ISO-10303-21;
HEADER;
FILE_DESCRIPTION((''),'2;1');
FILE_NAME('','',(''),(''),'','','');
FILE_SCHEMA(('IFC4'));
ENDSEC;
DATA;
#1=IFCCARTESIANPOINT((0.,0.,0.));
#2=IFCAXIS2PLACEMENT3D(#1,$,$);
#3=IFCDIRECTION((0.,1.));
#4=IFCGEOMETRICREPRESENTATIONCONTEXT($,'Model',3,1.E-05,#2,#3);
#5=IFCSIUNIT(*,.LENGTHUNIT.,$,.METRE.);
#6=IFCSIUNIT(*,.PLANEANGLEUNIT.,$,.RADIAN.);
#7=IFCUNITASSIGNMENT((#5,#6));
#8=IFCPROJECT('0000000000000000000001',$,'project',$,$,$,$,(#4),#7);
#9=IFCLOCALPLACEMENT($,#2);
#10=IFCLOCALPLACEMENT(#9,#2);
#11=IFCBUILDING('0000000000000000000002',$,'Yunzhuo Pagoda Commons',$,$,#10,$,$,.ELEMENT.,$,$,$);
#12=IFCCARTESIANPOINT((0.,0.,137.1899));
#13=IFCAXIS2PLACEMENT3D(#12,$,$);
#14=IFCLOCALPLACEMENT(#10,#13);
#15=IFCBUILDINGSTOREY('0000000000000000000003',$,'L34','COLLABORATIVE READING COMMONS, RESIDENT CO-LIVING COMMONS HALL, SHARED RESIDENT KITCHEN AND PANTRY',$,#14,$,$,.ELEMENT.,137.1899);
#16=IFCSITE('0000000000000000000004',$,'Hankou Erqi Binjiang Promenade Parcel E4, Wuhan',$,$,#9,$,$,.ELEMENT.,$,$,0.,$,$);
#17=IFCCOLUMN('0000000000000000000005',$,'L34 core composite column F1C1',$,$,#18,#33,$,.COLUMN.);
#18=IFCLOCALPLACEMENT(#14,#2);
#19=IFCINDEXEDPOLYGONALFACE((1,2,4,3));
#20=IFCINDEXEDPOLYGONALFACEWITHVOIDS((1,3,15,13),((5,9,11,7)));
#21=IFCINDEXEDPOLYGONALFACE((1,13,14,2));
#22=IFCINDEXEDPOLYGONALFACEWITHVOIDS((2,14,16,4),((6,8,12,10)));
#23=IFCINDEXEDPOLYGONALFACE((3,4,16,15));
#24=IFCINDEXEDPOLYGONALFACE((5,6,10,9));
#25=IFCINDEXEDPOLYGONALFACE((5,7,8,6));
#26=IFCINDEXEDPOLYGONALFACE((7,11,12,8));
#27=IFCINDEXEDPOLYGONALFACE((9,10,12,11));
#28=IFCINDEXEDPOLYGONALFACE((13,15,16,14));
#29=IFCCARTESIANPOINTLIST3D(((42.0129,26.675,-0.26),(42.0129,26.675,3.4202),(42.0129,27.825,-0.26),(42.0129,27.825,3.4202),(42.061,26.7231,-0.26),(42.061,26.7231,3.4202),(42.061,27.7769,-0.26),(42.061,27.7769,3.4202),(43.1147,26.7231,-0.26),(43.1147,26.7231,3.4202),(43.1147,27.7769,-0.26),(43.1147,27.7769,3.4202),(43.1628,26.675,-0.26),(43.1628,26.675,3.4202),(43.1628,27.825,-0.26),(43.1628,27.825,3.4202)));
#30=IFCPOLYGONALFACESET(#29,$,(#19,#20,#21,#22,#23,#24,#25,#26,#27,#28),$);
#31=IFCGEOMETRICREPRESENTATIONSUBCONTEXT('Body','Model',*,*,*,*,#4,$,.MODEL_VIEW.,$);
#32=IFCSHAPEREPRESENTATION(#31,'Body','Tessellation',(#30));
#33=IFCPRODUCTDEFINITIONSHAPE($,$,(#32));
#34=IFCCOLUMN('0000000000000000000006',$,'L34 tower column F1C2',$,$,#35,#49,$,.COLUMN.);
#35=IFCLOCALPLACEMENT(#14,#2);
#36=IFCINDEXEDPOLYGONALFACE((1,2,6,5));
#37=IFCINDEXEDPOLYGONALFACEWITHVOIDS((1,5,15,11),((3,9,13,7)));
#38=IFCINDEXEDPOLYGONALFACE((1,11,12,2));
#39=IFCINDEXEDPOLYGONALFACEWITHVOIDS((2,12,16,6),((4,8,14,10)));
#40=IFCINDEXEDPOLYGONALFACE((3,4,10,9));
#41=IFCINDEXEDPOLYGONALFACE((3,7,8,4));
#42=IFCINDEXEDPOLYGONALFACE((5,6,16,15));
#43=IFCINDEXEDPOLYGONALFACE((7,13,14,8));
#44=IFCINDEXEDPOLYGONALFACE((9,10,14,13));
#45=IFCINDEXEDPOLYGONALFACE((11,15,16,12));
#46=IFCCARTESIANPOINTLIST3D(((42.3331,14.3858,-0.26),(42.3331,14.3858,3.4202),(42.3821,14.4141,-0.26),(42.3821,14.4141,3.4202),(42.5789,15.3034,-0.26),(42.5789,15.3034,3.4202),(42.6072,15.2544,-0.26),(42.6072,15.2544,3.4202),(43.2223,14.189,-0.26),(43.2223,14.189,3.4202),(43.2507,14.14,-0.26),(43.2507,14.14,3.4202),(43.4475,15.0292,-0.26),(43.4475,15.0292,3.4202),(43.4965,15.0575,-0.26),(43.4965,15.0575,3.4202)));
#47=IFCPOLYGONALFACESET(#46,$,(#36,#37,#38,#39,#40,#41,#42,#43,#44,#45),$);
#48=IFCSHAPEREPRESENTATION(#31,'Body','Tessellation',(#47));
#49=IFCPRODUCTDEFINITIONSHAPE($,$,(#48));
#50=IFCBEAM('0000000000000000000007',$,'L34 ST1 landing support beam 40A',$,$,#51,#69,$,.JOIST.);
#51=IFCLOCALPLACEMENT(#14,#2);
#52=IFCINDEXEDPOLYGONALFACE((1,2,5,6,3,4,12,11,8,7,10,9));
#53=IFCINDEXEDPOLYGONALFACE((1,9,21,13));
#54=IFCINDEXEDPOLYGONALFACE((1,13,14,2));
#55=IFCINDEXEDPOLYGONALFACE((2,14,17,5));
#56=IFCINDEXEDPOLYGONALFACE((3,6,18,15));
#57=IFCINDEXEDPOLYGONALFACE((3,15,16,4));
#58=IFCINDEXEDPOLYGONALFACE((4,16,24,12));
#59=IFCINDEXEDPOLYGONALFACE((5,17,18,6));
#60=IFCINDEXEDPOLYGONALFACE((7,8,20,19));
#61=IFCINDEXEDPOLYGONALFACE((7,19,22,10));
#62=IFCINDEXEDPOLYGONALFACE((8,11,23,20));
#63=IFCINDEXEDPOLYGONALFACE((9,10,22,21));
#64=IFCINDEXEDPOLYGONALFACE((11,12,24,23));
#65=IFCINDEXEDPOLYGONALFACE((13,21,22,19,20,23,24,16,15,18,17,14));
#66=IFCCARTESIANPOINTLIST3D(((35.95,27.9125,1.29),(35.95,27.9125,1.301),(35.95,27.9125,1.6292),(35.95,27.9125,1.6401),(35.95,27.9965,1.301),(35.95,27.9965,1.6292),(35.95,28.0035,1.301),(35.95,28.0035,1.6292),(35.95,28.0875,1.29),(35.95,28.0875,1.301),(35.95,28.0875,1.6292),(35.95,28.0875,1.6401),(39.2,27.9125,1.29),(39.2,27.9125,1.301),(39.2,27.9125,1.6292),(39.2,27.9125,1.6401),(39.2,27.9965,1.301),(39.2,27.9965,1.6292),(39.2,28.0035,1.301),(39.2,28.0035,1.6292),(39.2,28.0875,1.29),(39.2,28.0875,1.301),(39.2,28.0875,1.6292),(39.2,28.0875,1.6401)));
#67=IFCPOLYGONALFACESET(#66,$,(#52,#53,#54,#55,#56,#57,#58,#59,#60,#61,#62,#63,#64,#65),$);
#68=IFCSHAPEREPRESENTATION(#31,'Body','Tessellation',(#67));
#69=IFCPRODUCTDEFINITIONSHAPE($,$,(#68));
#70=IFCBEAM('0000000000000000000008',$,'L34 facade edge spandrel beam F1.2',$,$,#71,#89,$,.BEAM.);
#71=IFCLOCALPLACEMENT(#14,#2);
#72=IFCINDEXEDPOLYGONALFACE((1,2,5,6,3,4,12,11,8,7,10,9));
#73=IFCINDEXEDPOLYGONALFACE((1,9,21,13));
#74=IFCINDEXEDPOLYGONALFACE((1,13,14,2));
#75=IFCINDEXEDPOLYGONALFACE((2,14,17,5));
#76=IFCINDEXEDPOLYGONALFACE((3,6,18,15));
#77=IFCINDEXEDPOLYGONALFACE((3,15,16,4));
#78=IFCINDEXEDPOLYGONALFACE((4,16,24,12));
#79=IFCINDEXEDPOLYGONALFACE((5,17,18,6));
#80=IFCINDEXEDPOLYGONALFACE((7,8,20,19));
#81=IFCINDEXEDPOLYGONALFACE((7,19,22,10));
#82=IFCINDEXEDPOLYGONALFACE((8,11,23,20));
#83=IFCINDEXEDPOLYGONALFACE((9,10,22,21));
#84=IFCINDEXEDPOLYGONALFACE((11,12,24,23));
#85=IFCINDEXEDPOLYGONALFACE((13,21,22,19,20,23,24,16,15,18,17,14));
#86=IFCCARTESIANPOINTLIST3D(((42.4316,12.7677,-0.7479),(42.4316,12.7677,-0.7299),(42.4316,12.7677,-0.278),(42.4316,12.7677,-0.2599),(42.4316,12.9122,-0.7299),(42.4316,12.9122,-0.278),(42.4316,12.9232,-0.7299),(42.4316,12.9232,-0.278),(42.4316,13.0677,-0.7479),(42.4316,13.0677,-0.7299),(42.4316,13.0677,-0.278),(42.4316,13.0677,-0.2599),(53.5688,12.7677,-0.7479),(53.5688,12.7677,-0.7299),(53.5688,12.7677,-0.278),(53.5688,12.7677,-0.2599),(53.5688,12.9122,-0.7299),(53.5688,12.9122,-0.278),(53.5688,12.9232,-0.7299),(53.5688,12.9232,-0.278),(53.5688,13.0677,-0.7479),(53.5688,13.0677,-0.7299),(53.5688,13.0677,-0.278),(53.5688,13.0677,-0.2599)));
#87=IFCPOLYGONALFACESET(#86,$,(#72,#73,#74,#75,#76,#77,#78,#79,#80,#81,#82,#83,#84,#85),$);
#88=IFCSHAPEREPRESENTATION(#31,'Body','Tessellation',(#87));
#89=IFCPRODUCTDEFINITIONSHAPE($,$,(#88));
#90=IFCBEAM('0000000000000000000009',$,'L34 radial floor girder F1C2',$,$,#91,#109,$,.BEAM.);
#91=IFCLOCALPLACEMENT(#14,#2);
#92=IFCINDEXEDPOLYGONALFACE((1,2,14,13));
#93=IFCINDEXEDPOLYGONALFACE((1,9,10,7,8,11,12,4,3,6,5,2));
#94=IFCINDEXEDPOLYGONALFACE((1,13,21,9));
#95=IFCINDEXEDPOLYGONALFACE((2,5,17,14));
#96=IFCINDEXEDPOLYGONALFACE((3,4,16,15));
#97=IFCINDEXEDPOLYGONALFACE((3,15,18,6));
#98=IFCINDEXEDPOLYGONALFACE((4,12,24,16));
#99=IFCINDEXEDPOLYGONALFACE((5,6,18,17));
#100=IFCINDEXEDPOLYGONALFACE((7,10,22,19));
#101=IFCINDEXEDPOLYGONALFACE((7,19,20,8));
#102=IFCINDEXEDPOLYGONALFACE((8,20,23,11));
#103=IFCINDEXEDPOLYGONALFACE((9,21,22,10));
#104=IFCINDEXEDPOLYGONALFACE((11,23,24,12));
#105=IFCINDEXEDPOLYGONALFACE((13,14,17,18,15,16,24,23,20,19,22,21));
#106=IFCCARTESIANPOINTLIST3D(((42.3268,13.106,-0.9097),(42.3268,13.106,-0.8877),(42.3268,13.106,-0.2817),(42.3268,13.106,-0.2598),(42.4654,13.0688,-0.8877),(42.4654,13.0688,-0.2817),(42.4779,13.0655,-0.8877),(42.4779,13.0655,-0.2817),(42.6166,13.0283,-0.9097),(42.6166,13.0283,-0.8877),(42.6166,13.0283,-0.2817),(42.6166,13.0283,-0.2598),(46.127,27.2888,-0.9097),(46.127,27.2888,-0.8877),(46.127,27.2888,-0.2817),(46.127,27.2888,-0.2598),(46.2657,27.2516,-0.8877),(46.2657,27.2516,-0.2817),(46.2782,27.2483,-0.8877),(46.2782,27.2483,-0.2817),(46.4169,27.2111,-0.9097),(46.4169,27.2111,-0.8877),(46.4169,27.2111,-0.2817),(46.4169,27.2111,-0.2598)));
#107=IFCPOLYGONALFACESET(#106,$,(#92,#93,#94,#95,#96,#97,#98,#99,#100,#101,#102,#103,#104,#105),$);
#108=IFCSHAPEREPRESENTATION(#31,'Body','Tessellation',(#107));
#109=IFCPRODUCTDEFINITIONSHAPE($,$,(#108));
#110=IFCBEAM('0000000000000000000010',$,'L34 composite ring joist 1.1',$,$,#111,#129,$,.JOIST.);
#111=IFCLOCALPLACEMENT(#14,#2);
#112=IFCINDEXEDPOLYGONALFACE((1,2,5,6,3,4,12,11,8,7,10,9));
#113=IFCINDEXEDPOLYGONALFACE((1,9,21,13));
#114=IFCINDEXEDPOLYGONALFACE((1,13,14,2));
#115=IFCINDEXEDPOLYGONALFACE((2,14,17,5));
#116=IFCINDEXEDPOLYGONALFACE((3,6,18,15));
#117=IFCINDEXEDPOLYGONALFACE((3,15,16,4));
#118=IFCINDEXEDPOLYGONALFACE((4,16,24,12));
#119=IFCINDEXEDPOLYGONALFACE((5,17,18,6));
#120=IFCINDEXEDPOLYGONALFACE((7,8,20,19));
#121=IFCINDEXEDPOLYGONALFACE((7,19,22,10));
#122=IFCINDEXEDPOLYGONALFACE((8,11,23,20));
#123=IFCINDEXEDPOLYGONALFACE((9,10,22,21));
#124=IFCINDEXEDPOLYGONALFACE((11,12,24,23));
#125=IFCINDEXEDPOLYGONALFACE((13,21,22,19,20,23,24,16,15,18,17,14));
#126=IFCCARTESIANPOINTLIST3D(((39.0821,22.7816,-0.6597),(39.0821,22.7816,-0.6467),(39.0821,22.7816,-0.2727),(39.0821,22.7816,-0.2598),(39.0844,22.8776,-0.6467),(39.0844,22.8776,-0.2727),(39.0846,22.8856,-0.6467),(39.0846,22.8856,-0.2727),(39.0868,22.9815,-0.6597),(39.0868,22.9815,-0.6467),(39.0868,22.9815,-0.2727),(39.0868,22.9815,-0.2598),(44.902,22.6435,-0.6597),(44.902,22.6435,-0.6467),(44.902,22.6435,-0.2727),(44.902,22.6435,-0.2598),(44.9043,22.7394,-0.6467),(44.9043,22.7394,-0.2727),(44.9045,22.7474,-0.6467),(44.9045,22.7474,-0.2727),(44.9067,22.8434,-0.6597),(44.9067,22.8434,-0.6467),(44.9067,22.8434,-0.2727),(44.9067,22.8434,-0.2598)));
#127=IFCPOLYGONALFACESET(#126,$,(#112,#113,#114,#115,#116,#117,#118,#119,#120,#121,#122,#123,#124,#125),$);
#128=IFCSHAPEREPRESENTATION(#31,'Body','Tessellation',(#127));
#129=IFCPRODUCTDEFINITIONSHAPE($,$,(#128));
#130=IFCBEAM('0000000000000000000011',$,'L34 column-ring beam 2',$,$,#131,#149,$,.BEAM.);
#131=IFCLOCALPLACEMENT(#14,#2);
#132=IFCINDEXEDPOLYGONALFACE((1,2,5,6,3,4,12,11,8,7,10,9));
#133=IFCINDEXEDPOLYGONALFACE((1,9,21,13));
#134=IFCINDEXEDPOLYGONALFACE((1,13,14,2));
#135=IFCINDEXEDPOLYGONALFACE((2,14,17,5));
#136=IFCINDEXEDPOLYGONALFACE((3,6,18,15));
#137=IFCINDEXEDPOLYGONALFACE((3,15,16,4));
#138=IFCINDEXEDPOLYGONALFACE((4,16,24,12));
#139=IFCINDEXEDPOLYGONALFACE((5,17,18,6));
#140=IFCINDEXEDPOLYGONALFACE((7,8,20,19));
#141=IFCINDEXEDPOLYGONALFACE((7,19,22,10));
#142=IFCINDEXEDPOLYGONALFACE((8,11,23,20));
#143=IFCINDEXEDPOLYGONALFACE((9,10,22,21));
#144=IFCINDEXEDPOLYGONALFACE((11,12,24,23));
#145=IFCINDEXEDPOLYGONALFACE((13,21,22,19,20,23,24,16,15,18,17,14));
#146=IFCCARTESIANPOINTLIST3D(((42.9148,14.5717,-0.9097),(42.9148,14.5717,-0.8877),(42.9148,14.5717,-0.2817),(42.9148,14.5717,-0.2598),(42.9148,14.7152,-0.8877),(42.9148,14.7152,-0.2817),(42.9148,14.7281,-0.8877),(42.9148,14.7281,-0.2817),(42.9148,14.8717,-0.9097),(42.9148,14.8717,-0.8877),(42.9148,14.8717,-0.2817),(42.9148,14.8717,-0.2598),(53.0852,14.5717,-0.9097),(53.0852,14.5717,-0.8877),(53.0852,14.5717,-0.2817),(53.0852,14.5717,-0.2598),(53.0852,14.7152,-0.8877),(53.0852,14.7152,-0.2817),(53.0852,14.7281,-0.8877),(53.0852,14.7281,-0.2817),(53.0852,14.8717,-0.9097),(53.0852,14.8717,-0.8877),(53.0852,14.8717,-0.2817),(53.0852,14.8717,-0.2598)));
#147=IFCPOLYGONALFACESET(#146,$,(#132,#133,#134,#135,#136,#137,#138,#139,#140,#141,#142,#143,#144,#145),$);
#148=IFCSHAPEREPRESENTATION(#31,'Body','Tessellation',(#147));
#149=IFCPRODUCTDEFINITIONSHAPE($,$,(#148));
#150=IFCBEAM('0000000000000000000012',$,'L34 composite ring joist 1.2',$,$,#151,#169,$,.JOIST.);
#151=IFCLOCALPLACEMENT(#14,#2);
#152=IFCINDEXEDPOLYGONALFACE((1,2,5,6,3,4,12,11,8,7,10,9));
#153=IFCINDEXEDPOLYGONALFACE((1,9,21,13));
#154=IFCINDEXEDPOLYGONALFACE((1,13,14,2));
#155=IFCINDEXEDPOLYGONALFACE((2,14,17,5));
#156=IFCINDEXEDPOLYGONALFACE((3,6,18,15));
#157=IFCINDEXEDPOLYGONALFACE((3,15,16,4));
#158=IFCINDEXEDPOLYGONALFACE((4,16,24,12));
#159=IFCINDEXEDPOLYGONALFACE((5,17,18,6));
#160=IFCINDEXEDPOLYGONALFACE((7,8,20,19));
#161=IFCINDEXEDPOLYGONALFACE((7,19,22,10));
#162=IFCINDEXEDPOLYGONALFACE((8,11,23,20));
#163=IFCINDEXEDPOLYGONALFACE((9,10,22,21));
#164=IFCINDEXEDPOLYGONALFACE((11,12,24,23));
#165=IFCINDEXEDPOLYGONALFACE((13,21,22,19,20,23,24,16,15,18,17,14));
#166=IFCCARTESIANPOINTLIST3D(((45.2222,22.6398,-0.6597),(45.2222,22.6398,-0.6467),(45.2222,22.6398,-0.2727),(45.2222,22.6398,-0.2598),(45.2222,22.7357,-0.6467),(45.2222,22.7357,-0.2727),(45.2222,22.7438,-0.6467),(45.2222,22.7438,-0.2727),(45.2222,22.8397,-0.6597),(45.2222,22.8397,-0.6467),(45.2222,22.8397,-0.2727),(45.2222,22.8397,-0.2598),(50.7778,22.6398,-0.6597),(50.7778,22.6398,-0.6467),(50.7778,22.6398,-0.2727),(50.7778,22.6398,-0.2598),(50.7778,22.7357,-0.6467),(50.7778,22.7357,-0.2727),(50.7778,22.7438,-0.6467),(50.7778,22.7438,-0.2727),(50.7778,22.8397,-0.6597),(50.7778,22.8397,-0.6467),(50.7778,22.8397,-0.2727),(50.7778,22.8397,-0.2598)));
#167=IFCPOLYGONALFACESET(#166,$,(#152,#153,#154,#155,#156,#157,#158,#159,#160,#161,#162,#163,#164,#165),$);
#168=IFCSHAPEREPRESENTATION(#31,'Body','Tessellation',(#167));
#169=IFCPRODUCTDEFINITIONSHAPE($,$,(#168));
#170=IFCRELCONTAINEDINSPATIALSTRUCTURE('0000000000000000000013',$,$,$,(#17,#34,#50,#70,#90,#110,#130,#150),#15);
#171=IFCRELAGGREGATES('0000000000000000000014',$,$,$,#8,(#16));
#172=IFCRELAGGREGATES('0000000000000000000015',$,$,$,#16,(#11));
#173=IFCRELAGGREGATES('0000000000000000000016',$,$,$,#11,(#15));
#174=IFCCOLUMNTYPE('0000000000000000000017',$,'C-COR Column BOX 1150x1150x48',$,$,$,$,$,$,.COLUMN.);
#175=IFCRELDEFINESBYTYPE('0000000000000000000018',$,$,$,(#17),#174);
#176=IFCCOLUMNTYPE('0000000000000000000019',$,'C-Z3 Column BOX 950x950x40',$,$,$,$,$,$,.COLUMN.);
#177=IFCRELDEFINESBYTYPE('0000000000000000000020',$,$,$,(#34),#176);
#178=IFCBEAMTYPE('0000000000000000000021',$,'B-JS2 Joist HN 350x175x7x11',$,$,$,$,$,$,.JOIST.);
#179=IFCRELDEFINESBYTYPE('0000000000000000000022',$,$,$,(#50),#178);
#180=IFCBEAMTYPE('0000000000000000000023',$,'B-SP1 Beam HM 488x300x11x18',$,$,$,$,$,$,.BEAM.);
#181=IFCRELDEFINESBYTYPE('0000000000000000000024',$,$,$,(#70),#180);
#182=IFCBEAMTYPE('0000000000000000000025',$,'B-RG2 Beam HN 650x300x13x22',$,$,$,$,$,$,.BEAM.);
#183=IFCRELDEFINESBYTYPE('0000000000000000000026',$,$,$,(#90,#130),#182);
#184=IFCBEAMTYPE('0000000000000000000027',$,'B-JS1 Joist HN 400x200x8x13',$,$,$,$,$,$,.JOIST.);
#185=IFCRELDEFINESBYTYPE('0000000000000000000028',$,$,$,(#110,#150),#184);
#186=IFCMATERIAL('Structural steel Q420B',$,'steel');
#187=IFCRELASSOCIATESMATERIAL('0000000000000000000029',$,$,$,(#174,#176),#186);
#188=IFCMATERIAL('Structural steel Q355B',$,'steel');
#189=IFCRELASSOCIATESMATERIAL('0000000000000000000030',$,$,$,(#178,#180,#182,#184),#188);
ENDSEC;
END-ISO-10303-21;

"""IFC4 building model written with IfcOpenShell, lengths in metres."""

from ifc_helpers import new_model, si_unit, direction, frame, origin, origin_2d, place, context, subcontext, project, spatial, hollow_rectangle, i_section, extrude, source, transform, mapped, material, material_profile, profile_set, type_object, element, save


model = new_model("IFC4")

# Units and contexts
model_context = context("Model", 3, precision=1e-05, world=origin(), true_north=direction((0.0, 1.0)))
body_context = subcontext(model_context, "Body", "Model", "MODEL_VIEW")
ifc_project = project(units=[si_unit("LENGTHUNIT", "METRE"), si_unit("PLANEANGLEUNIT", "RADIAN")], contexts=[model_context])

# Site, building, storey
site_placement = place(None, origin())
site = spatial("IfcSite", under=ifc_project, at=site_placement, Name="Hankou Erqi Binjiang Promenade Parcel E4, Wuhan", CompositionType="ELEMENT", RefElevation=0.0)
building_placement = place(site_placement, origin())
building = spatial("IfcBuilding", under=site, at=building_placement, Name="Yunzhuo Pagoda Commons", CompositionType="ELEMENT")
storey_placement = place(building_placement, frame((0.0, 0.0, 137.1899)))
storey = spatial("IfcBuildingStorey", under=building, at=storey_placement, Name="L34", Description="COLLABORATIVE READING COMMONS, RESIDENT CO-LIVING COMMONS HALL, SHARED RESIDENT KITCHEN AND PANTRY", CompositionType="ELEMENT", Elevation=137.1899)

# Columns
ifc_material_1 = material(Name="Structural steel Q420B", Category="steel")
ifc_material_profile_1 = material_profile(ifc_material_1, hollow_rectangle(XDim=1.1499, YDim=1.1499, WallThickness=0.0481, at=origin_2d()), Name="Structural steel Q420B")
ifc_profile_set_1 = profile_set([ifc_material_profile_1], Name="Structural steel Q420B")
column_type_1 = type_object("IfcColumnType", Name="C-COR Column BOX 1150x1150x48", PredefinedType="COLUMN", material=ifc_profile_set_1)
shared_shape_1 = source(origin(), body_context, "Body", "SweptSolid", [
    extrude(hollow_rectangle(XDim=1.1499, YDim=1.1499, WallThickness=0.0481, at=origin_2d()), origin(), (0.0, 0.0, 1.0), 3.6802),
])
column_1_placement = place(storey_placement, frame((42.5879, 27.25, -0.26), z_axis=(0.0, 0.0, 1.0), x_axis=(1.0, 0.0, 0.0)))
element("IfcColumn", 1, at=column_1_placement, inside=storey, type_object=column_type_1, Name="L34 core composite column F1C1", PredefinedType="COLUMN", context=body_context, shape_type="MappedRepresentation", body=[
    mapped(shared_shape_1, transform((0.0, 0.0, 0.0), scale=1.0)),
])
ifc_material_profile_2 = material_profile(ifc_material_1, hollow_rectangle(XDim=0.95, YDim=0.95, WallThickness=0.04, at=origin_2d()), Name="Structural steel Q420B")
ifc_profile_set_2 = profile_set([ifc_material_profile_2], Name="Structural steel Q420B")
column_type_2 = type_object("IfcColumnType", Name="C-Z3 Column BOX 950x950x40", PredefinedType="COLUMN", material=ifc_profile_set_2)
shared_shape_2 = source(origin(), body_context, "Body", "SweptSolid", [
    extrude(hollow_rectangle(XDim=0.95, YDim=0.95, WallThickness=0.04, at=origin_2d()), origin(), (0.0, 0.0, 1.0), 3.6802),
])
column_2_placement = place(storey_placement, frame((42.9148, 14.7217, -0.26), z_axis=(0.0, 0.0, 1.0), x_axis=(0.965926, -0.258819, 0.0)))
element("IfcColumn", 2, at=column_2_placement, inside=storey, type_object=column_type_2, Name="L34 tower column F1C2", PredefinedType="COLUMN", context=body_context, shape_type="MappedRepresentation", body=[
    mapped(shared_shape_2, transform((0.0, 0.0, 0.0), scale=1.0)),
])

# Beams
ifc_material_2 = material(Name="Structural steel Q355B", Category="steel")
ifc_material_profile_3 = material_profile(ifc_material_2, i_section(OverallWidth=0.175, OverallDepth=0.3501, WebThickness=0.0071, FlangeThickness=0.011, at=origin_2d()), Name="Structural steel Q355B")
ifc_profile_set_3 = profile_set([ifc_material_profile_3], Name="Structural steel Q355B")
beam_type_1 = type_object("IfcBeamType", Name="B-JS2 Joist HN 350x175x7x11", PredefinedType="JOIST", material=ifc_profile_set_3)
shared_shape_3 = source(origin(), body_context, "Body", "SweptSolid", [
    extrude(i_section(OverallWidth=0.175, OverallDepth=0.3501, WebThickness=0.0071, FlangeThickness=0.011, at=origin_2d()), origin(), (0.0, 0.0, 1.0), 3.25),
])
beam_1_placement = place(storey_placement, frame((35.95, 28.0, 1.4651), z_axis=(1.0, 0.0, 0.0), x_axis=(0.0, 1.0, 0.0)))
element("IfcBeam", 3, at=beam_1_placement, inside=storey, type_object=beam_type_1, Name="L34 ST1 landing support beam 40A", PredefinedType="JOIST", context=body_context, shape_type="MappedRepresentation", body=[
    mapped(shared_shape_3, transform((0.0, 0.0, 0.0), scale=1.0)),
])
ifc_material_profile_4 = material_profile(ifc_material_2, i_section(OverallWidth=0.3, OverallDepth=0.488, WebThickness=0.011, FlangeThickness=0.0181, at=origin_2d()), Name="Structural steel Q355B")
ifc_profile_set_4 = profile_set([ifc_material_profile_4], Name="Structural steel Q355B")
beam_type_2 = type_object("IfcBeamType", Name="B-SP1 Beam HM 488x300x11x18", PredefinedType="BEAM", material=ifc_profile_set_4)
shared_shape_4 = source(origin(), body_context, "Body", "SweptSolid", [
    extrude(i_section(OverallWidth=0.3, OverallDepth=0.488, WebThickness=0.011, FlangeThickness=0.0181, at=origin_2d()), origin(), (0.0, 0.0, 1.0), 11.1372),
])
beam_2_placement = place(storey_placement, frame((42.4316, 12.9177, -0.5039), z_axis=(1.0, 0.0, 0.0), x_axis=(0.0, 1.0, 0.0)))
element("IfcBeam", 4, at=beam_2_placement, inside=storey, type_object=beam_type_2, Name="L34 facade edge spandrel beam F1.2", PredefinedType="BEAM", context=body_context, shape_type="MappedRepresentation", body=[
    mapped(shared_shape_4, transform((0.0, 0.0, 0.0), scale=1.0)),
])
ifc_material_profile_5 = material_profile(ifc_material_2, i_section(OverallWidth=0.3, OverallDepth=0.6499, WebThickness=0.0129, FlangeThickness=0.022, at=origin_2d()), Name="Structural steel Q355B")
ifc_profile_set_5 = profile_set([ifc_material_profile_5], Name="Structural steel Q355B")
beam_type_3 = type_object("IfcBeamType", Name="B-RG2 Beam HN 650x300x13x22", PredefinedType="BEAM", material=ifc_profile_set_5)
shared_shape_5 = source(origin(), body_context, "Body", "SweptSolid", [
    extrude(i_section(OverallWidth=0.3, OverallDepth=0.6499, WebThickness=0.0129, FlangeThickness=0.022, at=origin_2d()), origin(), (0.0, 0.0, 1.0), 14.6831),
])
beam_3_placement = place(storey_placement, frame((42.4717, 13.0671, -0.5847), z_axis=(0.258819, 0.965926, 0.0), x_axis=(-0.965926, 0.258819, 0.0)))
element("IfcBeam", 5, at=beam_3_placement, inside=storey, type_object=beam_type_3, Name="L34 radial floor girder F1C2", PredefinedType="BEAM", context=body_context, shape_type="MappedRepresentation", body=[
    mapped(shared_shape_5, transform((0.0, 0.0, 0.0), scale=1.0)),
])
ifc_material_profile_6 = material_profile(ifc_material_2, i_section(OverallWidth=0.2, OverallDepth=0.3999, WebThickness=0.0081, FlangeThickness=0.0129, at=origin_2d()), Name="Structural steel Q355B")
ifc_profile_set_6 = profile_set([ifc_material_profile_6], Name="Structural steel Q355B")
beam_type_4 = type_object("IfcBeamType", Name="B-JS1 Joist HN 400x200x8x13", PredefinedType="JOIST", material=ifc_profile_set_6)
shared_shape_6 = source(origin(), body_context, "Body", "SweptSolid", [
    extrude(i_section(OverallWidth=0.2, OverallDepth=0.3999, WebThickness=0.0081, FlangeThickness=0.0129, at=origin_2d()), origin(), (0.0, 0.0, 1.0), 5.8215),
])
beam_4_placement = place(storey_placement, frame((39.0845, 22.8816, -0.4597), z_axis=(0.999718, -0.023737, 0.0), x_axis=(0.023737, 0.999718, 0.0)))
element("IfcBeam", 6, at=beam_4_placement, inside=storey, type_object=beam_type_4, Name="L34 composite ring joist 1.1", PredefinedType="JOIST", context=body_context, shape_type="MappedRepresentation", body=[
    mapped(shared_shape_6, transform((0.0, 0.0, 0.0), scale=1.0)),
])
shared_shape_7 = source(origin(), body_context, "Body", "SweptSolid", [
    extrude(i_section(OverallWidth=0.3, OverallDepth=0.6499, WebThickness=0.0129, FlangeThickness=0.022, at=origin_2d()), origin(), (0.0, 0.0, 1.0), 10.1704),
])
beam_5_placement = place(storey_placement, frame((42.9148, 14.7217, -0.5847), z_axis=(1.0, 0.0, 0.0), x_axis=(0.0, 1.0, 0.0)))
element("IfcBeam", 7, at=beam_5_placement, inside=storey, type_object=beam_type_3, Name="L34 column-ring beam 2", PredefinedType="BEAM", context=body_context, shape_type="MappedRepresentation", body=[
    mapped(shared_shape_7, transform((0.0, 0.0, 0.0), scale=1.0)),
])
shared_shape_8 = source(origin(), body_context, "Body", "SweptSolid", [
    extrude(i_section(OverallWidth=0.2, OverallDepth=0.3999, WebThickness=0.0081, FlangeThickness=0.0129, at=origin_2d()), origin(), (0.0, 0.0, 1.0), 5.5557),
])
beam_6_placement = place(storey_placement, frame((45.2222, 22.7397, -0.4597), z_axis=(1.0, 0.0, 0.0), x_axis=(0.0, 1.0, 0.0)))
element("IfcBeam", 8, at=beam_6_placement, inside=storey, type_object=beam_type_4, Name="L34 composite ring joist 1.2", PredefinedType="JOIST", context=body_context, shape_type="MappedRepresentation", body=[
    mapped(shared_shape_8, transform((0.0, 0.0, 0.0), scale=1.0)),
])

save(model, "model.ifc")
